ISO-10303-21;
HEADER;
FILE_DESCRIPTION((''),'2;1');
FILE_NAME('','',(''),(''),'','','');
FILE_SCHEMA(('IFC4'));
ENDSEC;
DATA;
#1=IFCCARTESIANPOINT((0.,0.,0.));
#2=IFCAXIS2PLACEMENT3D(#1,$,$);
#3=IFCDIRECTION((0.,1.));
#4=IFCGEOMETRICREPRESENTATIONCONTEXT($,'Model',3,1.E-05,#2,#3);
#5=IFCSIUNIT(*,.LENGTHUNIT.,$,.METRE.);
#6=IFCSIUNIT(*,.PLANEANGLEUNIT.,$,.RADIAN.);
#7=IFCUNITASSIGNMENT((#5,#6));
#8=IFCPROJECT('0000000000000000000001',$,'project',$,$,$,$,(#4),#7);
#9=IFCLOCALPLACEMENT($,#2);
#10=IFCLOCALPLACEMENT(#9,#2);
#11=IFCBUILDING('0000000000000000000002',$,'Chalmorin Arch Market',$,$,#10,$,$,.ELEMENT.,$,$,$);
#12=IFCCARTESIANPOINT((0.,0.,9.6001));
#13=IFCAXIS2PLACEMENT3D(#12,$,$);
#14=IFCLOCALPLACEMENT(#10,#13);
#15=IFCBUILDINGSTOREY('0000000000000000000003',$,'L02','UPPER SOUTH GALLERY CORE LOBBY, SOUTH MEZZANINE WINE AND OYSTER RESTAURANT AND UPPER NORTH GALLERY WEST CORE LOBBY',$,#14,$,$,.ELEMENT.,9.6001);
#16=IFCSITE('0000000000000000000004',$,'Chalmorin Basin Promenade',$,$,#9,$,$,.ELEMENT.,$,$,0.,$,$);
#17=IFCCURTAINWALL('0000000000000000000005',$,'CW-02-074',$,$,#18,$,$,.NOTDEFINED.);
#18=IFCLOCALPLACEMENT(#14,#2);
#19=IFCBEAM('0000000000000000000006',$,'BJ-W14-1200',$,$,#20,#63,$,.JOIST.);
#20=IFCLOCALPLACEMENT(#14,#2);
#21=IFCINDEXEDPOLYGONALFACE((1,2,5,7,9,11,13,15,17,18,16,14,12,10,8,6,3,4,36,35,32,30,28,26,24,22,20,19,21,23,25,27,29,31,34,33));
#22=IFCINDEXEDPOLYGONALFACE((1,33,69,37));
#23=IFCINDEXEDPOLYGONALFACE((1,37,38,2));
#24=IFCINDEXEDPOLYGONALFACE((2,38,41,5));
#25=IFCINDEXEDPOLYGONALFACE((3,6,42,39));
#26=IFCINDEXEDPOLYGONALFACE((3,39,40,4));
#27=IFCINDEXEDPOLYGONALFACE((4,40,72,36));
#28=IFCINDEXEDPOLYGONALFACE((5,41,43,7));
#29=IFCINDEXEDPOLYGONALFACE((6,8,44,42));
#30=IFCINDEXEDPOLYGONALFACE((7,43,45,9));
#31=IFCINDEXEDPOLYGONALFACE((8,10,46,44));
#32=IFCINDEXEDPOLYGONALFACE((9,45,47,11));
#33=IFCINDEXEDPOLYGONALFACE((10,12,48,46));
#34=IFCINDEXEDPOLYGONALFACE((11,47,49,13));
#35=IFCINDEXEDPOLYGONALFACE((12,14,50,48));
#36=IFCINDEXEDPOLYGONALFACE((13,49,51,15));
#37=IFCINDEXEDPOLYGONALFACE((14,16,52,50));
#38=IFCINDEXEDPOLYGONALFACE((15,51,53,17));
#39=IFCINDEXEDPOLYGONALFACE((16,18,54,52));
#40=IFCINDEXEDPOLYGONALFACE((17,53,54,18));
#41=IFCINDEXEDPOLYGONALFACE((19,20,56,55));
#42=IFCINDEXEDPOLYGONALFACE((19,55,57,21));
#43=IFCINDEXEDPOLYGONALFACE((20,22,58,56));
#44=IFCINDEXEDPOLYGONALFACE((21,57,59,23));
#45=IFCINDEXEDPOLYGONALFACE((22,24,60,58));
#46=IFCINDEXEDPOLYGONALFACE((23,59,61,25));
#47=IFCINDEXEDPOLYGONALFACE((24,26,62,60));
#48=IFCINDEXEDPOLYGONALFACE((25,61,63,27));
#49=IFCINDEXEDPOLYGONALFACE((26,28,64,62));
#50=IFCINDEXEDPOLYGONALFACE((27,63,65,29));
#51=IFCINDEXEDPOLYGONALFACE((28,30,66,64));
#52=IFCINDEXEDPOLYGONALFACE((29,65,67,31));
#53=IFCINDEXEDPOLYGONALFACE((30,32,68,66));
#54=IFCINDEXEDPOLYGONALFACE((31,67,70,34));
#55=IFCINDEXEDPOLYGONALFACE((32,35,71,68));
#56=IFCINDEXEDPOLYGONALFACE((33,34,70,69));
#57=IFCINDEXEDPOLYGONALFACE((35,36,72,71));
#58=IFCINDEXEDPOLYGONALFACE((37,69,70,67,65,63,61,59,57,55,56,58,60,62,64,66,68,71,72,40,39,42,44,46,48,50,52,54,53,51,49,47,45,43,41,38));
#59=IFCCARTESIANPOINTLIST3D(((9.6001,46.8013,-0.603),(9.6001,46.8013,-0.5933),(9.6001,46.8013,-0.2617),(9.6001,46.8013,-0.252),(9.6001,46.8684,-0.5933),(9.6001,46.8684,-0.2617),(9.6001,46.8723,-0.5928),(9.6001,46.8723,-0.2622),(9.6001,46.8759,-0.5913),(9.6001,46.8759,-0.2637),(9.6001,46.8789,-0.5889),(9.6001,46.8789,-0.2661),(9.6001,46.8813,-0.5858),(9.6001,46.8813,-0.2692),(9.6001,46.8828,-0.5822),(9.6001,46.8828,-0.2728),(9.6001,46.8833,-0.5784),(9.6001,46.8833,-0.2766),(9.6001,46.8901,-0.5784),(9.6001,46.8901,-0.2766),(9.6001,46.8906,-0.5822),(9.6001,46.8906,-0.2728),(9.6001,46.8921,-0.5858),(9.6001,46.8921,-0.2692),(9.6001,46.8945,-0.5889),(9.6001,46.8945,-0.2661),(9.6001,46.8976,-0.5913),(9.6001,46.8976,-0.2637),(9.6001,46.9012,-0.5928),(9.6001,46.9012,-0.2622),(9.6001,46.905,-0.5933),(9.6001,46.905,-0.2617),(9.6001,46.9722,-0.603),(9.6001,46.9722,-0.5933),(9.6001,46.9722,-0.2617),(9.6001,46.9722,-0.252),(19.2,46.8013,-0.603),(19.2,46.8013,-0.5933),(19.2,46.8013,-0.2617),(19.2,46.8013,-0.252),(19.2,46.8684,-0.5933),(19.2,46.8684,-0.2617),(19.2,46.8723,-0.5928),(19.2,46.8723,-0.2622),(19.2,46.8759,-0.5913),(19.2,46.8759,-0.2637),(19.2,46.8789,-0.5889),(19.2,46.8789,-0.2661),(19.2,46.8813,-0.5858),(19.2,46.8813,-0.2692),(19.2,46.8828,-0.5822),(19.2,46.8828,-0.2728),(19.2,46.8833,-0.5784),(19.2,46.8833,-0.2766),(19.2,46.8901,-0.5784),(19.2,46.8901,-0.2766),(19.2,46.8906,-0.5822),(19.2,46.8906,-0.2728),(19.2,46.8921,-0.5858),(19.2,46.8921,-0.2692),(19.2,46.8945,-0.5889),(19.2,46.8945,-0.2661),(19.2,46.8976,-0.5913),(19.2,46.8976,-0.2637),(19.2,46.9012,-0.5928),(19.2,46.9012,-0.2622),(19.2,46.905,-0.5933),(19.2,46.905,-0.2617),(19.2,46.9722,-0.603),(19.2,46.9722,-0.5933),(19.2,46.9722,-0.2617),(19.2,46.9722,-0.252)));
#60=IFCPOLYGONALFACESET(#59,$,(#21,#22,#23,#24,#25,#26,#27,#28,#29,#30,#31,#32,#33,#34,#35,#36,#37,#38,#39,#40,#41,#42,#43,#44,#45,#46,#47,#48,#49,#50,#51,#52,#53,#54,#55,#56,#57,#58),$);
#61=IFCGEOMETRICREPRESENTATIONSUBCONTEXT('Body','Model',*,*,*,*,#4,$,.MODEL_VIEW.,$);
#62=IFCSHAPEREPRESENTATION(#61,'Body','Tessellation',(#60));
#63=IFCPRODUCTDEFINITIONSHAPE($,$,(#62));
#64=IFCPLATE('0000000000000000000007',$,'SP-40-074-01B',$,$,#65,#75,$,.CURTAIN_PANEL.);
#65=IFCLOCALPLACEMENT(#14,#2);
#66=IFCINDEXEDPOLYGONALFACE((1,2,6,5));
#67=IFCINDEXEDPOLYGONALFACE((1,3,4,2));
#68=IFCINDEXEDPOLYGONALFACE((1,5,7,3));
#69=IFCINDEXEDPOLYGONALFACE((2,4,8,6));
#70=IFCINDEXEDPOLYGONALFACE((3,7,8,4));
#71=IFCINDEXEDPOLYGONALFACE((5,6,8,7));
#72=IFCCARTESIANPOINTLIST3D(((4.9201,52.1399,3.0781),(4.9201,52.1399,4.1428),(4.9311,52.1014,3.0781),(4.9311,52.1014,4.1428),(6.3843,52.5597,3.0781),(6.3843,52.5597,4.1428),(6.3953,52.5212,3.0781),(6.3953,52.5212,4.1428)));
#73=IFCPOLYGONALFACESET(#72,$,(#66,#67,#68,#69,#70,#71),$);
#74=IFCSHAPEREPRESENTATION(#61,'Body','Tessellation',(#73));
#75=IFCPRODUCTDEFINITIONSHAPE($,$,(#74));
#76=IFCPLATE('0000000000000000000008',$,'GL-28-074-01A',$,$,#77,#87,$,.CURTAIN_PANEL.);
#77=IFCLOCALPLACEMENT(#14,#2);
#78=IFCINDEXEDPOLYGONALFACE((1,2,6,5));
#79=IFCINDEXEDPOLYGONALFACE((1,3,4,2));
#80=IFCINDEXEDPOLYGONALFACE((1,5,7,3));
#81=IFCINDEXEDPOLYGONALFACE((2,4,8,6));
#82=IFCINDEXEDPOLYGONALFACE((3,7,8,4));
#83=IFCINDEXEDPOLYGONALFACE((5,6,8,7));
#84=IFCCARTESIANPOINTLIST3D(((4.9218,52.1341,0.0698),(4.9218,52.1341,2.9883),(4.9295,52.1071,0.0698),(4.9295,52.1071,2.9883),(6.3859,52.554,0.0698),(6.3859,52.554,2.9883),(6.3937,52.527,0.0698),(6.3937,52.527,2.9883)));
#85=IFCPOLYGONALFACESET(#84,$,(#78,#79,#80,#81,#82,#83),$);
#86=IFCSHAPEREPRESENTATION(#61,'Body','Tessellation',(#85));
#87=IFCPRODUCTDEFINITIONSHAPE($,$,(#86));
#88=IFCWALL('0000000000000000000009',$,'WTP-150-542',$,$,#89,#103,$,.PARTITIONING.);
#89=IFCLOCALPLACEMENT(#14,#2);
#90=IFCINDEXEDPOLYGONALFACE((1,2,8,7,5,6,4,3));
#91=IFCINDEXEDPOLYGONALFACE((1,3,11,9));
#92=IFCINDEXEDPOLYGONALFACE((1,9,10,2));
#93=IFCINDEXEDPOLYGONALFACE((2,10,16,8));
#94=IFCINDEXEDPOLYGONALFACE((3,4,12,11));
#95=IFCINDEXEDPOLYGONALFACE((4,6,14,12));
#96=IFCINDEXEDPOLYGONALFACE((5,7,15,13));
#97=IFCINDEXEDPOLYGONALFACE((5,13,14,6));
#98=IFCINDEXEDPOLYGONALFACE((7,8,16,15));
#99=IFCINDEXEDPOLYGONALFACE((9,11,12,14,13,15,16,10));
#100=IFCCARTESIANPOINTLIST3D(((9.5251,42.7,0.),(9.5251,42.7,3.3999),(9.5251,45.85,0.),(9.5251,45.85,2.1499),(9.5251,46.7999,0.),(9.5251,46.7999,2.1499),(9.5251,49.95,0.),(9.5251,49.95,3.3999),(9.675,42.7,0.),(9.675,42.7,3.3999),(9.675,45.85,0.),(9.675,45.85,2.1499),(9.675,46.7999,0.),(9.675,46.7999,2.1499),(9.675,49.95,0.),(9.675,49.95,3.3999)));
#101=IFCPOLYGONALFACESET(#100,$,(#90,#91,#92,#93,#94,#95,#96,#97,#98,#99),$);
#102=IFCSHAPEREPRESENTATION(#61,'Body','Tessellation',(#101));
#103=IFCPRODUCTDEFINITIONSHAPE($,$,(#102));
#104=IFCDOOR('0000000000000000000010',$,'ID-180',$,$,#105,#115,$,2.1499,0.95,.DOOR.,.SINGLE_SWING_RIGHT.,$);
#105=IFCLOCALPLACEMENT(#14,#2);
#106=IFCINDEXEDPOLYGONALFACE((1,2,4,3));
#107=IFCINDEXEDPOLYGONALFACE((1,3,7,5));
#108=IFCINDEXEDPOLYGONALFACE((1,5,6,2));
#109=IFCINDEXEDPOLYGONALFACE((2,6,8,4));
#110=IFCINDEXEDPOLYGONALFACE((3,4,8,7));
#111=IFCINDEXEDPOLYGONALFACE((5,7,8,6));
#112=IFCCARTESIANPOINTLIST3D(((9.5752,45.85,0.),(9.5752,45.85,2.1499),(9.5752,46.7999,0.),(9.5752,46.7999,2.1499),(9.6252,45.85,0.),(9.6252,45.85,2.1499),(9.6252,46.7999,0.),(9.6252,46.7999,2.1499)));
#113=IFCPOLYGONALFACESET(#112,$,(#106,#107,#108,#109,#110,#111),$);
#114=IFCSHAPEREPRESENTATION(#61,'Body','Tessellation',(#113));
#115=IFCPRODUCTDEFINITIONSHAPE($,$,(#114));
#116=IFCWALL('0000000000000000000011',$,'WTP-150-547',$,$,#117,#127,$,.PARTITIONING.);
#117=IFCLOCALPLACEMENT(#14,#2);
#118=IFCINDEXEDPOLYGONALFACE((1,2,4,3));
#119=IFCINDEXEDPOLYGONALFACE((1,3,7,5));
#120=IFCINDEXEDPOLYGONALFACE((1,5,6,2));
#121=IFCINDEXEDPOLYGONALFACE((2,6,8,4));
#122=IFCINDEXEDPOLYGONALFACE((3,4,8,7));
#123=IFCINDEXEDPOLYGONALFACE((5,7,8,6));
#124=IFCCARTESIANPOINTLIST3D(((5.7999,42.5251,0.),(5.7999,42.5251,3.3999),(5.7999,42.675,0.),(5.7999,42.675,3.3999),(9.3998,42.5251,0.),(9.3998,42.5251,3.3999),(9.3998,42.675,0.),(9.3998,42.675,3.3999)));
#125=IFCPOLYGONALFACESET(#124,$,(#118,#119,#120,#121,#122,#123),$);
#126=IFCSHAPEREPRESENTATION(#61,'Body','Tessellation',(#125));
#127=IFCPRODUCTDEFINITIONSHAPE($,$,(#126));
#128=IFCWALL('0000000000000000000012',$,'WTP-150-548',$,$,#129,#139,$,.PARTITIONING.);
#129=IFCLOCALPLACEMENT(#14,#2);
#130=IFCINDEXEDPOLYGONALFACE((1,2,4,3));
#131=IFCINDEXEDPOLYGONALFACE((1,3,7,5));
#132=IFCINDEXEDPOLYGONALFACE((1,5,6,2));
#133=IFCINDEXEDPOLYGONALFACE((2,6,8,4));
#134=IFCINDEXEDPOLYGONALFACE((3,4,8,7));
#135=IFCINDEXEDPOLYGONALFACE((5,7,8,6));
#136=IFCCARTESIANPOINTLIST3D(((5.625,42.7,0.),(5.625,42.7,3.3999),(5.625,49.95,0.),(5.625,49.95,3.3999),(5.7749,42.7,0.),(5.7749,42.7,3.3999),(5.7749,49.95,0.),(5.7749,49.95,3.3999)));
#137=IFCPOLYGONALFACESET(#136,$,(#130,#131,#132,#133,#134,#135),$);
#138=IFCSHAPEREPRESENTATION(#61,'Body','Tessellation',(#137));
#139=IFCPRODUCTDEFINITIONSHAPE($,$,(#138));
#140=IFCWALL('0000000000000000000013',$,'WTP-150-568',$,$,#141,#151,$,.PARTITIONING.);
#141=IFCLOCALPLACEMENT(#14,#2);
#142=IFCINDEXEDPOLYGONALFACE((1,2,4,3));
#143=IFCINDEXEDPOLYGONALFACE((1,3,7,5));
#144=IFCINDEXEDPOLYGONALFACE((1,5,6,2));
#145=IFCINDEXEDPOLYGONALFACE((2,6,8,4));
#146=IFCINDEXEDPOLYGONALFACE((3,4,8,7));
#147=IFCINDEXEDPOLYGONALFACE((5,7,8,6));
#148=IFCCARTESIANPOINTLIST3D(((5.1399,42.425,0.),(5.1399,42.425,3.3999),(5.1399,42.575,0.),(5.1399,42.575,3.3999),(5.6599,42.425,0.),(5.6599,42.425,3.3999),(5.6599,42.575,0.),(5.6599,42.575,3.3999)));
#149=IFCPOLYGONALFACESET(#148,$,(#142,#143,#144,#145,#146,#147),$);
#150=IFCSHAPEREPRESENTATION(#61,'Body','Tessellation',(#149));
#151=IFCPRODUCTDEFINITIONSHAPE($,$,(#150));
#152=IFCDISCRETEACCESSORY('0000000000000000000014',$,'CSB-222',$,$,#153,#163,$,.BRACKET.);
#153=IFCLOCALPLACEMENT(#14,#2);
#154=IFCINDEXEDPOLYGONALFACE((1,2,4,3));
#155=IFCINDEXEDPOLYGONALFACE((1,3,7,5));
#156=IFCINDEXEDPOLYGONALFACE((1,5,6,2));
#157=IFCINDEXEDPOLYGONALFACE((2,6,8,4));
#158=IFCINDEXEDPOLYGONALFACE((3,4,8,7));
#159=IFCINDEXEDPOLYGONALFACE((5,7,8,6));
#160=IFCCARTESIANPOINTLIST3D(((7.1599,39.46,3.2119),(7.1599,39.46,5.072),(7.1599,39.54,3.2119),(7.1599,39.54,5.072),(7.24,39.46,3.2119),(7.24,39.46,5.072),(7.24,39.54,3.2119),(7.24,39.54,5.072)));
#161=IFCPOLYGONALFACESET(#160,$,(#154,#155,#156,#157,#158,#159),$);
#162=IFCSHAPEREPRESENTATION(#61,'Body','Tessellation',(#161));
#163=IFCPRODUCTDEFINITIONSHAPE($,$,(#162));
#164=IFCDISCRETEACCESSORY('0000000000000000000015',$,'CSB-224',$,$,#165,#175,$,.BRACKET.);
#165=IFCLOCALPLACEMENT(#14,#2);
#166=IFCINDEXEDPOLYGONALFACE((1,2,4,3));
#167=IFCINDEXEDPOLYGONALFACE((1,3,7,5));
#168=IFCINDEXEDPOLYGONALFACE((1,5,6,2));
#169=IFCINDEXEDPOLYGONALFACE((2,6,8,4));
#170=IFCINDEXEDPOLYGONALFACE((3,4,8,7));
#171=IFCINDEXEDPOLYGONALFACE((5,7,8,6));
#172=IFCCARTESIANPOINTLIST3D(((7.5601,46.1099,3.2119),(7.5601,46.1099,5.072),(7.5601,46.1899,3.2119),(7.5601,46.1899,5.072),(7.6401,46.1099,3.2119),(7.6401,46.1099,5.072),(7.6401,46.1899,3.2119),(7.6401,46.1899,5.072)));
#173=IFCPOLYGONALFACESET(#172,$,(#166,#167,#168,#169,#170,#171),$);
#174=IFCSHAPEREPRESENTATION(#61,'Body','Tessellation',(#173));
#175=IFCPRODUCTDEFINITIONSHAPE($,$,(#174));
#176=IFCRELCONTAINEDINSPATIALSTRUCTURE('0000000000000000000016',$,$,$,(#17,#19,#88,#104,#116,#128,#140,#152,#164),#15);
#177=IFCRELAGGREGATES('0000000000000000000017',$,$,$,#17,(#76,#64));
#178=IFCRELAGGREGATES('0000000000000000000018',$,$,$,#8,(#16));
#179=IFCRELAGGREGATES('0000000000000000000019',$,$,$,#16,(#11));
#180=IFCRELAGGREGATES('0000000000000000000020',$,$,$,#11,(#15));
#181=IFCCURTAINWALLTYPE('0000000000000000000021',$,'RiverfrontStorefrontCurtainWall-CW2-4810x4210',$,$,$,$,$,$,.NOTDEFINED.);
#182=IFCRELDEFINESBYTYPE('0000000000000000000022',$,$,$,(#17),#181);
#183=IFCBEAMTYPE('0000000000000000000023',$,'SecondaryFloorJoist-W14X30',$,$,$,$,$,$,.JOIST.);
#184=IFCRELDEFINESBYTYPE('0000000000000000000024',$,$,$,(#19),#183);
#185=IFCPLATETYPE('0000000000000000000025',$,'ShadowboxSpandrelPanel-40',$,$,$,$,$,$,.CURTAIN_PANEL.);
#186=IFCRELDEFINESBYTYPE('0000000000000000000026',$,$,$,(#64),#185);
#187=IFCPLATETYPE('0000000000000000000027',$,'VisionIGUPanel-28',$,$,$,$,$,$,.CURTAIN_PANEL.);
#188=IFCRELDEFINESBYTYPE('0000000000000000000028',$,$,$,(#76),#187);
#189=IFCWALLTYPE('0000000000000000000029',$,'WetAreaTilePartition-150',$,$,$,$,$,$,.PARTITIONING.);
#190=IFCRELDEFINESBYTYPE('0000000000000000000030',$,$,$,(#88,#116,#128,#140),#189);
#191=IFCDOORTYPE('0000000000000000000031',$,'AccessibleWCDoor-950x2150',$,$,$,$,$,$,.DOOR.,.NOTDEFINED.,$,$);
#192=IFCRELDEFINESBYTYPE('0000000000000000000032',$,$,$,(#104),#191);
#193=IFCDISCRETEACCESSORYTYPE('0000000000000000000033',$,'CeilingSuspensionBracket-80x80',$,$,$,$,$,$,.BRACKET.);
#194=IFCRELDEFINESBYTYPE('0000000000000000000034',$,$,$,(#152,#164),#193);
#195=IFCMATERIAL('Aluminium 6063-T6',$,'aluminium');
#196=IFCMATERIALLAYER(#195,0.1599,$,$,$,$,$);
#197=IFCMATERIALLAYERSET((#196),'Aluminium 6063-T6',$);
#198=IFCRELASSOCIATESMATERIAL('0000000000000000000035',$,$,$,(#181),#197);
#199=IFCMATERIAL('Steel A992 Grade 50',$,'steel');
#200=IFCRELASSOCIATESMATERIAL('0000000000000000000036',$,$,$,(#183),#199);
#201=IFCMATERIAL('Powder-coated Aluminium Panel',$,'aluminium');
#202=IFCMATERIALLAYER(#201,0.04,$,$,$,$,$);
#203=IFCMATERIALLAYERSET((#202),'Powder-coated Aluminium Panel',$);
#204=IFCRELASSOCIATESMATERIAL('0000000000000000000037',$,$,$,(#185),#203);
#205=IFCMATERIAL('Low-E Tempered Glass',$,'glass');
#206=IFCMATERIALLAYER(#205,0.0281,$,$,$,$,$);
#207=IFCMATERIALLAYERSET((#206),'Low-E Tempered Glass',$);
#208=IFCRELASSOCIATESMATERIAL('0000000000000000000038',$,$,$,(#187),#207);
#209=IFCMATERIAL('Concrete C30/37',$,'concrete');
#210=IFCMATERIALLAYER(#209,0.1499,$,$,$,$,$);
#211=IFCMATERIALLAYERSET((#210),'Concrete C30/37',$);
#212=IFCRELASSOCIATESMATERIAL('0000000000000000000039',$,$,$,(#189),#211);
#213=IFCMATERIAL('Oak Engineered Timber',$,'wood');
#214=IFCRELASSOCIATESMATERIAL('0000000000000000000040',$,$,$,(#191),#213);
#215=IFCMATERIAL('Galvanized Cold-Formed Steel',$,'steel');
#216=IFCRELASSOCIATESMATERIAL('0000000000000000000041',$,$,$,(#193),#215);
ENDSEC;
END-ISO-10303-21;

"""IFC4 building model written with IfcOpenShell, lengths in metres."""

from ifc_helpers import new_model, si_unit, direction, frame, frame_2d, origin, origin_2d, place, context, subcontext, project, spatial, rectangle, i_section, extrude, material, layer, layer_set, material_profile, profile_set, type_object, element, fill, aggregate, save


model = new_model("IFC4")

# Units and contexts
model_context = context("Model", 3, precision=1e-05, world=origin(), true_north=direction((0.0, 1.0)))
body_context = subcontext(model_context, "Body", "Model", "MODEL_VIEW")
ifc_project = project(units=[si_unit("LENGTHUNIT", "METRE"), si_unit("PLANEANGLEUNIT", "RADIAN")], contexts=[model_context])

# Site, building, storey
site_placement = place(None, origin())
site = spatial("IfcSite", under=ifc_project, at=site_placement, Name="Chalmorin Basin Promenade", CompositionType="ELEMENT", RefElevation=0.0)
building_placement = place(site_placement, origin())
building = spatial("IfcBuilding", under=site, at=building_placement, Name="Chalmorin Arch Market", CompositionType="ELEMENT")
storey_placement = place(building_placement, frame((0.0, 0.0, 9.6001)))
storey = spatial("IfcBuildingStorey", under=building, at=storey_placement, Name="L02", Description="UPPER SOUTH GALLERY CORE LOBBY, SOUTH MEZZANINE WINE AND OYSTER RESTAURANT AND UPPER NORTH GALLERY WEST CORE LOBBY", CompositionType="ELEMENT", Elevation=9.6001)

# Shared definitions
ifc_material_1 = material(Name="Steel A992 Grade 50", Category="steel")

# Shared definitions
ifc_material_2 = material(Name="Aluminium 6063-T6", Category="aluminium")

# Curtain wall
ifc_layer_1 = layer(ifc_material_2, 0.1599)
ifc_layer_set_1 = layer_set([ifc_layer_1], Name="Aluminium 6063-T6")
curtain_wall_type_1 = type_object("IfcCurtainWallType", Name="RiverfrontStorefrontCurtainWall-CW2-4810x4210", PredefinedType="NOTDEFINED", material=ifc_layer_set_1)
curtain_wall_1_placement = place(storey_placement, origin())
curtain_wall_1 = element("IfcCurtainWall", 1, at=curtain_wall_1_placement, inside=storey, type_object=curtain_wall_type_1, Name="CW-02-074", PredefinedType="NOTDEFINED")

# Beam
ifc_material_profile_1 = material_profile(ifc_material_1, i_section(OverallWidth=0.1709, OverallDepth=0.3511, WebThickness=0.0068, FlangeThickness=0.0098, FilletRadius=0.0149, at=origin_2d()), Name="W14X30")
ifc_profile_set_1 = profile_set([ifc_material_profile_1], Name="Steel A992 Grade 50")
beam_type_1 = type_object("IfcBeamType", Name="SecondaryFloorJoist-W14X30", PredefinedType="JOIST", material=ifc_profile_set_1)
for number, where, z_axis, x_axis, name in (
    (2, (9.6001, 46.8867, -0.4275), (1.0, 0.0, 0.0), (0.0, 1.0, 0.0), "BJ-W14-1200"),
):
    element("IfcBeam", number, at=place(storey_placement, frame(where, z_axis=z_axis, x_axis=x_axis)), inside=storey, type_object=beam_type_1, Name=name, PredefinedType="JOIST", context=body_context, shape_type="SweptSolid", body=[
        extrude(i_section(OverallWidth=0.1709, OverallDepth=0.3511, WebThickness=0.0068, FlangeThickness=0.0098, FilletRadius=0.0149, at=origin_2d()), origin(), (0.0, 0.0, 1.0), 9.5999),
    ])

# Plates
ifc_material_3 = material(Name="Powder-coated Aluminium Panel", Category="aluminium")
ifc_layer_2 = layer(ifc_material_3, 0.04)
ifc_layer_set_2 = layer_set([ifc_layer_2], Name="Powder-coated Aluminium Panel")
plate_type_1 = type_object("IfcPlateType", Name="ShadowboxSpandrelPanel-40", PredefinedType="CURTAIN_PANEL", material=ifc_layer_set_2)
plate_1_placement = place(storey_placement, frame((5.6577, 52.3306, 3.0781), z_axis=(0.0, 0.0, 1.0), x_axis=(0.961262, 0.275637, 0.0)))
plate_1 = element("IfcPlate", 3, at=plate_1_placement, type_object=plate_type_1, Name="SP-40-074-01B", PredefinedType="CURTAIN_PANEL", context=body_context, shape_type="SweptSolid", body=[
    extrude(rectangle(XDim=1.5232, YDim=0.04, at=origin_2d()), origin(), (0.0, 0.0, 1.0), 1.0647),
])
ifc_material_4 = material(Name="Low-E Tempered Glass", Category="glass")
ifc_layer_3 = layer(ifc_material_4, 0.0281)
ifc_layer_set_3 = layer_set([ifc_layer_3], Name="Low-E Tempered Glass")
plate_type_2 = type_object("IfcPlateType", Name="VisionIGUPanel-28", PredefinedType="CURTAIN_PANEL", material=ifc_layer_set_3)
plate_2_placement = place(storey_placement, frame((5.6577, 52.3306, 0.0698), z_axis=(0.0, 0.0, 1.0), x_axis=(0.961262, 0.275637, 0.0)))
plate_2 = element("IfcPlate", 4, at=plate_2_placement, type_object=plate_type_2, Name="GL-28-074-01A", PredefinedType="CURTAIN_PANEL", context=body_context, shape_type="SweptSolid", body=[
    extrude(rectangle(XDim=1.5232, YDim=0.0281, at=origin_2d()), origin(), (0.0, 0.0, 1.0), 2.9185),
])
aggregate(curtain_wall_1, [plate_2, plate_1])

# Wall, opening, door
ifc_material_5 = material(Name="Concrete C30/37", Category="concrete")
ifc_layer_4 = layer(ifc_material_5, 0.1499)
ifc_layer_set_4 = layer_set([ifc_layer_4], Name="Concrete C30/37")
wall_type_1 = type_object("IfcWallType", Name="WetAreaTilePartition-150", PredefinedType="PARTITIONING", material=ifc_layer_set_4)
wall_1_placement = place(storey_placement, frame((9.6001, 42.7, 0.0), z_axis=(0.0, 0.0, 1.0), x_axis=(0.0, 1.0, 0.0)))
wall_1 = element("IfcWall", 5, at=wall_1_placement, inside=storey, type_object=wall_type_1, Name="WTP-150-542", PredefinedType="PARTITIONING", context=body_context, shape_type="SweptSolid", body=[
    extrude(rectangle(XDim=7.25, YDim=0.1499, at=frame_2d((3.625, 0.0))), origin(), (0.0, 0.0, 1.0), 3.3999),
])
opening_1_placement = place(wall_1_placement, frame((3.1499, 0.0, 0.0)))
opening_1 = element("IfcOpeningElement", 6, at=opening_1_placement, cuts=wall_1, PredefinedType="OPENING", context=body_context, shape_type="SweptSolid", body=[
    extrude(rectangle(XDim=0.95, YDim=2.1499, at=frame_2d((0.4751, 1.075))), frame((0.0, 0.085, 0.0), z_axis=(0.0, -1.0, 0.0), x_axis=(1.0, 0.0, 0.0)), (0.0, 0.0, 1.0), 0.1699),
])
ifc_material_6 = material(Name="Oak Engineered Timber", Category="wood")
door_type_1 = type_object("IfcDoorType", Name="AccessibleWCDoor-950x2150", OperationType="NOTDEFINED", PredefinedType="DOOR", material=ifc_material_6)
door_1_placement = place(opening_1_placement, origin())
door_1 = element("IfcDoor", 7, at=door_1_placement, inside=storey, type_object=door_type_1, Name="ID-180", OperationType="SINGLE_SWING_RIGHT", OverallHeight=2.1499, OverallWidth=0.95, PredefinedType="DOOR", context=body_context, shape_type="SweptSolid", body=[
    extrude(rectangle(XDim=0.95, YDim=2.1499, at=frame_2d((0.4751, 1.075))), frame((0.0, 0.0249, 0.0), z_axis=(0.0, -1.0, 0.0), x_axis=(1.0, 0.0, 0.0)), (0.0, 0.0, 1.0), 0.05),
])
fill(opening_1, door_1)

# Walls
wall_2_placement = place(storey_placement, frame((5.8, 42.6001, 0.0), z_axis=(0.0, 0.0, 1.0), x_axis=(1.0, 0.0, 0.0)))
element("IfcWall", 8, at=wall_2_placement, inside=storey, type_object=wall_type_1, Name="WTP-150-547", PredefinedType="PARTITIONING", context=body_context, shape_type="SweptSolid", body=[
    extrude(rectangle(XDim=3.5999, YDim=0.1499, at=frame_2d((1.7998, 0.0))), origin(), (0.0, 0.0, 1.0), 3.3999),
])
wall_3_placement = place(storey_placement, frame((5.7, 42.7, 0.0), z_axis=(0.0, 0.0, 1.0), x_axis=(0.0, 1.0, 0.0)))
element("IfcWall", 9, at=wall_3_placement, inside=storey, type_object=wall_type_1, Name="WTP-150-548", PredefinedType="PARTITIONING", context=body_context, shape_type="SweptSolid", body=[
    extrude(rectangle(XDim=7.25, YDim=0.1499, at=frame_2d((3.625, 0.0))), origin(), (0.0, 0.0, 1.0), 3.3999),
])
wall_4_placement = place(storey_placement, frame((5.1399, 42.5, 0.0), z_axis=(0.0, 0.0, 1.0), x_axis=(1.0, 0.0, 0.0)))
element("IfcWall", 10, at=wall_4_placement, inside=storey, type_object=wall_type_1, Name="WTP-150-568", PredefinedType="PARTITIONING", context=body_context, shape_type="SweptSolid", body=[
    extrude(rectangle(XDim=0.52, YDim=0.1499, at=frame_2d((0.26, 0.0))), origin(), (0.0, 0.0, 1.0), 3.3999),
])

# Discrete accessories
ifc_material_7 = material(Name="Galvanized Cold-Formed Steel", Category="steel")
discrete_accessory_type = type_object("IfcDiscreteAccessoryType", Name="CeilingSuspensionBracket-80x80", PredefinedType="BRACKET", material=ifc_material_7)
for number, where, z_axis, x_axis, name in (
    (11, (7.2, 39.5, 3.2119), (0.0, 0.0, 1.0), (1.0, 0.0, 0.0), "CSB-222"),
    (12, (7.6001, 46.1499, 3.2119), (0.0, 0.0, 1.0), (1.0, 0.0, 0.0), "CSB-224"),
):
    element("IfcDiscreteAccessory", number, at=place(storey_placement, frame(where, z_axis=z_axis, x_axis=x_axis)), inside=storey, type_object=discrete_accessory_type, Name=name, PredefinedType="BRACKET", context=body_context, shape_type="SweptSolid", body=[
        extrude(rectangle(XDim=0.0801, YDim=0.0801, at=origin_2d()), origin(), (0.0, 0.0, 1.0), 1.8601),
    ])

save(model, "model.ifc")
